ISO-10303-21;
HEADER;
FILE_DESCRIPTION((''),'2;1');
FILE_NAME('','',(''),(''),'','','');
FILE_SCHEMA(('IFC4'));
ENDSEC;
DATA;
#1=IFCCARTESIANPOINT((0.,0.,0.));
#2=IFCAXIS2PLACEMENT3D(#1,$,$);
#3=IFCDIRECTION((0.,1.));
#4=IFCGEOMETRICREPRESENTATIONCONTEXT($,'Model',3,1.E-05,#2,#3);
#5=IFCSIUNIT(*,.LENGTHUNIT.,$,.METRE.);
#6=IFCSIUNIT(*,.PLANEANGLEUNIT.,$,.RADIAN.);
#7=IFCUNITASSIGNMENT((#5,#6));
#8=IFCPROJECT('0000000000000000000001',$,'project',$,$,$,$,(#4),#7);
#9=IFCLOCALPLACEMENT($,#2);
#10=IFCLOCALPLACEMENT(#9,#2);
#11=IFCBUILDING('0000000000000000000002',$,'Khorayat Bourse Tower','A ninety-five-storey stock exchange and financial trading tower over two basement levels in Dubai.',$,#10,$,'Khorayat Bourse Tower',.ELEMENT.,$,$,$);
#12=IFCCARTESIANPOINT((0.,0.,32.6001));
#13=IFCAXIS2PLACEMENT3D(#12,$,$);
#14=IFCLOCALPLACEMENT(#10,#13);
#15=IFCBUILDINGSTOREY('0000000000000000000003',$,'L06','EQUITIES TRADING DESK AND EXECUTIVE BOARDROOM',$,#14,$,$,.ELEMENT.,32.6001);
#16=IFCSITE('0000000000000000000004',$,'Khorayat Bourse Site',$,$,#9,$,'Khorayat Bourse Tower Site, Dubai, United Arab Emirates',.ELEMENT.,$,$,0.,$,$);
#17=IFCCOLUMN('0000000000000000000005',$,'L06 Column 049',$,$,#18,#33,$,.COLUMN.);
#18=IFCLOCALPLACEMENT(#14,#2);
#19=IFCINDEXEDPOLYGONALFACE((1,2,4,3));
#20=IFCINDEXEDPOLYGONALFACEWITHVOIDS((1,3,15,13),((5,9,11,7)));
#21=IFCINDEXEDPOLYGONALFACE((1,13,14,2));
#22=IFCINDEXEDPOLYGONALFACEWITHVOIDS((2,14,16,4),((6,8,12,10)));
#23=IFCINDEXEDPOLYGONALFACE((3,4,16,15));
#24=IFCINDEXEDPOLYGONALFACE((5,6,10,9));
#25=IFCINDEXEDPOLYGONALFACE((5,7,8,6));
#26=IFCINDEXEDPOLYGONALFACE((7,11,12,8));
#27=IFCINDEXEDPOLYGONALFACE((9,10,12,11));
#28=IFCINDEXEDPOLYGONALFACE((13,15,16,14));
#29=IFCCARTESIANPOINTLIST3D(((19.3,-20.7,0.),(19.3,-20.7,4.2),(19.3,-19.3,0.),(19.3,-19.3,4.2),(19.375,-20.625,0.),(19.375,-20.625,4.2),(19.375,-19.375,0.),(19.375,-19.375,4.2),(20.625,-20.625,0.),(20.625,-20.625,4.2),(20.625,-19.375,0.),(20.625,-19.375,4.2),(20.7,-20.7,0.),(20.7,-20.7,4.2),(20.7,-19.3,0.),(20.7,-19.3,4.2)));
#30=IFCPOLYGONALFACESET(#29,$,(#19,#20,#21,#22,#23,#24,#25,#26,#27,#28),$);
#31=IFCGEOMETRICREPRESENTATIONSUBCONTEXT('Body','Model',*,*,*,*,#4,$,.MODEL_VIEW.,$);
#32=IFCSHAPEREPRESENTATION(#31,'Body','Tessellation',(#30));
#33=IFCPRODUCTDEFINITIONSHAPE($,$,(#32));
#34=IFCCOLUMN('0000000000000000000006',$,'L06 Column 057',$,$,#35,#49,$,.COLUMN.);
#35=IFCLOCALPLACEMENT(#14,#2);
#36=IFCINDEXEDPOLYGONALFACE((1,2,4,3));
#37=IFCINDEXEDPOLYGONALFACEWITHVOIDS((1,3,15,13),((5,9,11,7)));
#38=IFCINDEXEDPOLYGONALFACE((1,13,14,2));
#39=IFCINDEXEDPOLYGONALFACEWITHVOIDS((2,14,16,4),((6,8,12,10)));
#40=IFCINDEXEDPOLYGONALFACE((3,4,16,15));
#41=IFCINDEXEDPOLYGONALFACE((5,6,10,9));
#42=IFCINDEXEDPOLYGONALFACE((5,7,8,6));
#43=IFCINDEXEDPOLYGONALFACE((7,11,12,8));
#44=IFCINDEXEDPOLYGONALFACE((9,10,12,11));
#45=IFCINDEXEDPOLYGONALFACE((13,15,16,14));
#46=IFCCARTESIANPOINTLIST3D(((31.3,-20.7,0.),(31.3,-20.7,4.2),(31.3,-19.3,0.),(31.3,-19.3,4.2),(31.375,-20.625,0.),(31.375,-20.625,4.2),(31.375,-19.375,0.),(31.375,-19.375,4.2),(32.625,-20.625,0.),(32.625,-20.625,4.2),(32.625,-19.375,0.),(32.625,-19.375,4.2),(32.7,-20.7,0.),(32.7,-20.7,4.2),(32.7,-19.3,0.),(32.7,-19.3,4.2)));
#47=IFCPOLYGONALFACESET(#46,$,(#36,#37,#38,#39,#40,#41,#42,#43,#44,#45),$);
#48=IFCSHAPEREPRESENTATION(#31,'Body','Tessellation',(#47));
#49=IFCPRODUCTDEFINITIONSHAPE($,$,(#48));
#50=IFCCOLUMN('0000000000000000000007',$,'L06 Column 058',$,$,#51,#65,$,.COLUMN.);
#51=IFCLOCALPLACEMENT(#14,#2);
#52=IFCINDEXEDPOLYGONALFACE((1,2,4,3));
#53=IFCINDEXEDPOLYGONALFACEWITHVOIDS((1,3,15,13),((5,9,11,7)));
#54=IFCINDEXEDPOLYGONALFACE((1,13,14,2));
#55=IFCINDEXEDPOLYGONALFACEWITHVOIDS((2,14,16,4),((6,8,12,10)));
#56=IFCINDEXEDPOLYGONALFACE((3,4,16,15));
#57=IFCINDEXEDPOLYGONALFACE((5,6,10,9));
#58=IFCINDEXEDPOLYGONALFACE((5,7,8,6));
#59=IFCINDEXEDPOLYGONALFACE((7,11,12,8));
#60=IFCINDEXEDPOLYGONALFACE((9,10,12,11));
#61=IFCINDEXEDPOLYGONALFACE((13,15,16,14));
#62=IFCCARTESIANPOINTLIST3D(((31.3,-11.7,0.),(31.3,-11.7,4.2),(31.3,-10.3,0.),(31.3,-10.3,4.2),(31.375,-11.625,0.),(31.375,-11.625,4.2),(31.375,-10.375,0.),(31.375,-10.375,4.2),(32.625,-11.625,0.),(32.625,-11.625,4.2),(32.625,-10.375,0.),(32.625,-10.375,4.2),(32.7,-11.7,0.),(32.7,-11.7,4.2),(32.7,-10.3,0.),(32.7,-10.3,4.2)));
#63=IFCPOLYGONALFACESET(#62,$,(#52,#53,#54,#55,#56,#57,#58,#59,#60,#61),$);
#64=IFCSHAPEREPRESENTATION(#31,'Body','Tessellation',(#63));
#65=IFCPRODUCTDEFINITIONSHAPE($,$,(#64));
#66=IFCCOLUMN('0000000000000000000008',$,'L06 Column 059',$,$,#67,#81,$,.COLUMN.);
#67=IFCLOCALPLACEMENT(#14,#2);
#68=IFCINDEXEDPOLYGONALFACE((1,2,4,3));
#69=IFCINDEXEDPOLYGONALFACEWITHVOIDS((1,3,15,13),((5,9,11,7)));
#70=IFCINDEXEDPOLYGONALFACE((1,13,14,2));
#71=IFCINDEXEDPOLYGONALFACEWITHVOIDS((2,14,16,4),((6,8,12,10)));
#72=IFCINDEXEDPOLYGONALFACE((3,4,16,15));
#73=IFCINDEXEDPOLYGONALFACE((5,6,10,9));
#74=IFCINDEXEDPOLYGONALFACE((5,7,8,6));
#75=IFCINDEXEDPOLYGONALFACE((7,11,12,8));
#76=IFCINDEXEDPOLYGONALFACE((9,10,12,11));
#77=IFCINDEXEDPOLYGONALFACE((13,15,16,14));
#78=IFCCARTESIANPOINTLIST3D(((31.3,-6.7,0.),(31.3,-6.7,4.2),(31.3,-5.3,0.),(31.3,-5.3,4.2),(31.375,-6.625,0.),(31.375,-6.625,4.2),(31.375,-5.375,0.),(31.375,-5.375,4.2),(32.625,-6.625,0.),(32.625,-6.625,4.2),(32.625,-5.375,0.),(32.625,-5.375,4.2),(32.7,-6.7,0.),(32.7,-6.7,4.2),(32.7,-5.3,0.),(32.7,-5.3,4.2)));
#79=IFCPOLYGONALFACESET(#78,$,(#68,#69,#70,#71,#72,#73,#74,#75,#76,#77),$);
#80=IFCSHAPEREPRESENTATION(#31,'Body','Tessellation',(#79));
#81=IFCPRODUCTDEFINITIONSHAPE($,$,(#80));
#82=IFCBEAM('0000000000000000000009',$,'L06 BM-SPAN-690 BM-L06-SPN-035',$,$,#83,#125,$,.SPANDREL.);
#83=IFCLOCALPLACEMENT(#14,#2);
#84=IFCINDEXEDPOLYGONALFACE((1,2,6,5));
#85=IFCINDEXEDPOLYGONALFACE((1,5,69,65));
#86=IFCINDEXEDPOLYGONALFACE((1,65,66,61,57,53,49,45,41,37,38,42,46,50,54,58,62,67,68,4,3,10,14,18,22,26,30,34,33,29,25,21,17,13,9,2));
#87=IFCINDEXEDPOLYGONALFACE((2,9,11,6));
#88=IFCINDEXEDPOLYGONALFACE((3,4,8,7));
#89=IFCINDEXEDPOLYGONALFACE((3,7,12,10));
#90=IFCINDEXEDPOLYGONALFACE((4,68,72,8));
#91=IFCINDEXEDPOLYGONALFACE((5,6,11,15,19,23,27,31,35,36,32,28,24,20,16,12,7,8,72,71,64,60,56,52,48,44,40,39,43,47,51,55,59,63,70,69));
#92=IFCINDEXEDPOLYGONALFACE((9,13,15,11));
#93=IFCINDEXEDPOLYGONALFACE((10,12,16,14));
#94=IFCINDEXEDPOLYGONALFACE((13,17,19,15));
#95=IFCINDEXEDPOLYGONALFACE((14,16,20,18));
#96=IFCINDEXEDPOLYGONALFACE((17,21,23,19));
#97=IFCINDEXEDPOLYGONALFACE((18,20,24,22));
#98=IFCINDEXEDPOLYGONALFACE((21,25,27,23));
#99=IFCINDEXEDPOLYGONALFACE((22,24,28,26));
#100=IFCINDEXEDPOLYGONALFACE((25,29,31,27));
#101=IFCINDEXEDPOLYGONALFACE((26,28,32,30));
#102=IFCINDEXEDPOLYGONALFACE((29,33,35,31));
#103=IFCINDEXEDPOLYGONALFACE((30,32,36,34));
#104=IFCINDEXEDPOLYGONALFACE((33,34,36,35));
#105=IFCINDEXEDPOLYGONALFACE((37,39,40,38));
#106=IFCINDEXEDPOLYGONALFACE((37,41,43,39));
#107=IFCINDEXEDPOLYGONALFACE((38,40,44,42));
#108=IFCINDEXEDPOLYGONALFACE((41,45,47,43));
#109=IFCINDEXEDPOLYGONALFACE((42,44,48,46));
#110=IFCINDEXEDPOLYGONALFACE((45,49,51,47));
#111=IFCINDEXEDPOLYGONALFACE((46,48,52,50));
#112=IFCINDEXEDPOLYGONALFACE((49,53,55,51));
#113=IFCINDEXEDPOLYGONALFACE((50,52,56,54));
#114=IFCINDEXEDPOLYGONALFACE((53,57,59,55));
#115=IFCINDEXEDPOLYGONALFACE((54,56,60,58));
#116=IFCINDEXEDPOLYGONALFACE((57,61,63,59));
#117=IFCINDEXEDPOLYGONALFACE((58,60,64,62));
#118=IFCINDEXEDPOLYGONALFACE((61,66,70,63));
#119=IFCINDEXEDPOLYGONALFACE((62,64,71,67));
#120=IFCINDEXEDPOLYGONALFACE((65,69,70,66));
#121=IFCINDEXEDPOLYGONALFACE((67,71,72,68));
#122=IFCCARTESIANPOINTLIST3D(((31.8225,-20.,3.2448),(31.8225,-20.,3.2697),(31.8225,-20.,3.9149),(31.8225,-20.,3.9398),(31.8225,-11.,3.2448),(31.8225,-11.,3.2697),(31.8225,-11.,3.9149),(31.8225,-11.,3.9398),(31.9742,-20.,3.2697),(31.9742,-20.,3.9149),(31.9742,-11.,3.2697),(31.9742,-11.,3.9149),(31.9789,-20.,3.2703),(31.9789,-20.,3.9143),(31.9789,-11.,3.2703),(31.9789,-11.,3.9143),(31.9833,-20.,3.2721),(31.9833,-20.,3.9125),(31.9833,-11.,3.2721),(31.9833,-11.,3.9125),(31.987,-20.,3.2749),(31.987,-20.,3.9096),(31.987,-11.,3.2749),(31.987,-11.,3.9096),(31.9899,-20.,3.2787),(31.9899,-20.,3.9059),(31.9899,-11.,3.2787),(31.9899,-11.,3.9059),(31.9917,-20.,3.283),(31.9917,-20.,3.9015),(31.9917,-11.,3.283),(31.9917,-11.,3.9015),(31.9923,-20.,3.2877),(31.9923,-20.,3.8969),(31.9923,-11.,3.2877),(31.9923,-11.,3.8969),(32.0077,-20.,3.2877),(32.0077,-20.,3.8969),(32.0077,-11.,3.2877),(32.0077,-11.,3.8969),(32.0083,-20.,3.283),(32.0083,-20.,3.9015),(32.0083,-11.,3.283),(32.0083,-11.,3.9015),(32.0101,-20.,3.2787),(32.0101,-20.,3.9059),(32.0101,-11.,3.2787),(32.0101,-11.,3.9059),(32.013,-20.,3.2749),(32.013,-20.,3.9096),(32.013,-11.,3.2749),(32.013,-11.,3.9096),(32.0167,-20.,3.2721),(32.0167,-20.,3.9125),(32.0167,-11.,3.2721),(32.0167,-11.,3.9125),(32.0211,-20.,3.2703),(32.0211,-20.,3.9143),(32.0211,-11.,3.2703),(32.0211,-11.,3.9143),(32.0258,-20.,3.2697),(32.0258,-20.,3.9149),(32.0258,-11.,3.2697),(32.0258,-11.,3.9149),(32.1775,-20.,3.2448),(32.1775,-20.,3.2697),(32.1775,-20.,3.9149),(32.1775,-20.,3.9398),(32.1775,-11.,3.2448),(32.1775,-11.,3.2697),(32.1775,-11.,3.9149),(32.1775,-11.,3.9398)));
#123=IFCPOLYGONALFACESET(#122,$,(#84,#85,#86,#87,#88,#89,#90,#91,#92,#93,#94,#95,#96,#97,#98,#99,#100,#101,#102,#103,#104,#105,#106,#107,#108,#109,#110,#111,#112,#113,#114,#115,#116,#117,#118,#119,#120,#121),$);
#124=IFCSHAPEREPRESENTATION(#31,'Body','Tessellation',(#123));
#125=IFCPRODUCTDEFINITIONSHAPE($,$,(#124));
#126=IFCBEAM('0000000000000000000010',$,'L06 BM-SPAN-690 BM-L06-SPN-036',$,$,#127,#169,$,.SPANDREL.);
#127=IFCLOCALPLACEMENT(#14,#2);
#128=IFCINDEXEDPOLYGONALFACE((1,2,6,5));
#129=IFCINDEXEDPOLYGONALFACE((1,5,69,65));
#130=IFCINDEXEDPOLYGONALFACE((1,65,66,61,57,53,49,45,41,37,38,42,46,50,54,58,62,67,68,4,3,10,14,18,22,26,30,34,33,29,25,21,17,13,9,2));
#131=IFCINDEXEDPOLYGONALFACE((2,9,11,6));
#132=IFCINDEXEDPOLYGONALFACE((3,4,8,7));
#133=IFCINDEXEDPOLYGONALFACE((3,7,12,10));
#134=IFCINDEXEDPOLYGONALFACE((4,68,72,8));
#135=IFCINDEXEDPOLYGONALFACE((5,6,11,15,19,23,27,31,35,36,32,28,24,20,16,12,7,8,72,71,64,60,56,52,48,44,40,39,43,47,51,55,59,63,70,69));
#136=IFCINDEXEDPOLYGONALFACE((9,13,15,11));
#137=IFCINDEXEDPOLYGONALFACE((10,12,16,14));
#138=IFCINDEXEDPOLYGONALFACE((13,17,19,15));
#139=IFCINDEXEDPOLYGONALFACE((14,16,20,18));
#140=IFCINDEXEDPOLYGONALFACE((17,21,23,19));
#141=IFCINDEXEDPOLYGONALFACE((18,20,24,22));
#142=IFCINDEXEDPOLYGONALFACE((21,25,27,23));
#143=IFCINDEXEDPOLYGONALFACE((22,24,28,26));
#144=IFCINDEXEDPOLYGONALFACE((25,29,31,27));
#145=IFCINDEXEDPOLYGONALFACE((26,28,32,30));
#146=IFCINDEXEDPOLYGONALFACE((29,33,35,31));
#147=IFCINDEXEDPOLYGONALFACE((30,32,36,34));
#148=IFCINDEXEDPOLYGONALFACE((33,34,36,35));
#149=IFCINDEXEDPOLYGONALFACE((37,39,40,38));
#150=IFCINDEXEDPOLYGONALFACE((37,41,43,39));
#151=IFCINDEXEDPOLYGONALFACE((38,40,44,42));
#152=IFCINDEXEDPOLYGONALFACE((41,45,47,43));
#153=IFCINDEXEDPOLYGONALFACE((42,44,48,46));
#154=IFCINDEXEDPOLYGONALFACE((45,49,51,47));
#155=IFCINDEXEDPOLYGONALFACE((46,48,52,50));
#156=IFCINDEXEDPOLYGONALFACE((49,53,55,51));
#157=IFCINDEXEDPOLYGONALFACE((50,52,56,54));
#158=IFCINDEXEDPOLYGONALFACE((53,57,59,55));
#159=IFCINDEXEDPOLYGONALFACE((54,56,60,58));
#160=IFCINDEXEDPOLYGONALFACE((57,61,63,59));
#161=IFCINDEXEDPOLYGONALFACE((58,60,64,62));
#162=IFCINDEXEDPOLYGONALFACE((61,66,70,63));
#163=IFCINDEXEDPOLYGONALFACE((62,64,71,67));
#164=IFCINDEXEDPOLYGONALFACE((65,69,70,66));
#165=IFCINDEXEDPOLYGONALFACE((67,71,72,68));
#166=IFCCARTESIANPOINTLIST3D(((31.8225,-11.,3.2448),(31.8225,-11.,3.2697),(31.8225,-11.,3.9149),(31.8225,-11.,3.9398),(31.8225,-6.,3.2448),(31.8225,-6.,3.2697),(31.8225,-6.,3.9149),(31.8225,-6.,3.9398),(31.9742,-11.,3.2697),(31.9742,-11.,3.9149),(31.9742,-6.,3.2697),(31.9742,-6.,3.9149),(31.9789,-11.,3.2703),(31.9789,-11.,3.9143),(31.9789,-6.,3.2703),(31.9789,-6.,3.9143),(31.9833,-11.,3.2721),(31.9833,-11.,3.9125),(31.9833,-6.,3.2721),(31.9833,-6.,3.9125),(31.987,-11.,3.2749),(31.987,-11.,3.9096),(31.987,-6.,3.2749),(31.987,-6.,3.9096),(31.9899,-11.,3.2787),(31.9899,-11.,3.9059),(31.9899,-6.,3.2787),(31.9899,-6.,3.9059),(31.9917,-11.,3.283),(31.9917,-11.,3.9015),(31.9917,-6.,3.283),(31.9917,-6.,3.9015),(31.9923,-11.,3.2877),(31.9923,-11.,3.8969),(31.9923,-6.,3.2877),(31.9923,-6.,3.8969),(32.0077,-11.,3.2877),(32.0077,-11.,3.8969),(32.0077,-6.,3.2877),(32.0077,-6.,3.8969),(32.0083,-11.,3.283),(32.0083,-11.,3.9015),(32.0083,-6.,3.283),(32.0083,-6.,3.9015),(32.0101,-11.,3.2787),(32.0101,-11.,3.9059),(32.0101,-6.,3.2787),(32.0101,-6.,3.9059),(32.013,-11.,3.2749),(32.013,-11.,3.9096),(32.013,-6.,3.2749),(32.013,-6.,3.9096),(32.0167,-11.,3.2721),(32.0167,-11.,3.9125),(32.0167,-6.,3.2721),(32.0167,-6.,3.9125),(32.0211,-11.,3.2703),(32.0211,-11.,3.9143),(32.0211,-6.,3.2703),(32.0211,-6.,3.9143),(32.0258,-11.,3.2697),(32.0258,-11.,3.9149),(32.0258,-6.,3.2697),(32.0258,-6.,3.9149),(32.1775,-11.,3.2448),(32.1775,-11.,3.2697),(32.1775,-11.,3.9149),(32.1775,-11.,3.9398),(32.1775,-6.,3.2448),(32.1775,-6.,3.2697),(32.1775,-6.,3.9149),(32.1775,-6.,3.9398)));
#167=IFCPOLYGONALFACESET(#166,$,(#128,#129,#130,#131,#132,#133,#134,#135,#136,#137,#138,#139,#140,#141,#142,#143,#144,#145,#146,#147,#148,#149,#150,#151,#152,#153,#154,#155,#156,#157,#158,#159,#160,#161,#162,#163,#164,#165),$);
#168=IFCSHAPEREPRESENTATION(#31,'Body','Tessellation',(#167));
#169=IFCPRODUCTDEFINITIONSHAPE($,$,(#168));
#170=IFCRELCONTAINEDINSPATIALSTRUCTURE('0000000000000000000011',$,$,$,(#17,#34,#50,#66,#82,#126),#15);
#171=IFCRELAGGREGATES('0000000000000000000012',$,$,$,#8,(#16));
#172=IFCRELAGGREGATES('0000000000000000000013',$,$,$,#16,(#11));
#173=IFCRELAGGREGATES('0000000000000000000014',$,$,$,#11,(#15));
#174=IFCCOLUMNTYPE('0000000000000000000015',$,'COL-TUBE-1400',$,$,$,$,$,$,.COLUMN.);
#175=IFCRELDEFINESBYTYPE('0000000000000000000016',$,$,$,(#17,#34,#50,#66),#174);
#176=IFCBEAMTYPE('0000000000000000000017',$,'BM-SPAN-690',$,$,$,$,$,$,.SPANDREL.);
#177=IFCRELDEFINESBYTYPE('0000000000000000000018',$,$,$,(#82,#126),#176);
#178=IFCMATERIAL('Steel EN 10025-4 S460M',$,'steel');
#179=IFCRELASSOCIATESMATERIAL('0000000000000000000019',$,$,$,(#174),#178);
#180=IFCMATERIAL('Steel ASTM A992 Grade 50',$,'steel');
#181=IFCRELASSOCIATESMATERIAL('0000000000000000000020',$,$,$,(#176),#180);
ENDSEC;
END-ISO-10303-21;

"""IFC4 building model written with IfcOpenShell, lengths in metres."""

from ifc_helpers import new_model, si_unit, direction, frame, origin, origin_2d, place, context, subcontext, project, spatial, hollow_rectangle, i_section, extrude, source, transform, mapped, material, material_profile, profile_set, type_object, element, save


model = new_model("IFC4")

# Units and contexts
model_context = context("Model", 3, precision=1e-05, world=origin(), true_north=direction((0.0, 1.0)))
body_context = subcontext(model_context, "Body", "Model", "MODEL_VIEW")
ifc_project = project(units=[si_unit("LENGTHUNIT", "METRE"), si_unit("PLANEANGLEUNIT", "RADIAN")], contexts=[model_context])

# Site, building, storey
site_placement = place(None, origin())
site = spatial("IfcSite", under=ifc_project, at=site_placement, Name="Khorayat Bourse Site", LongName="Khorayat Bourse Tower Site, Dubai, United Arab Emirates", CompositionType="ELEMENT", RefElevation=0.0)
building_placement = place(site_placement, origin())
building = spatial("IfcBuilding", under=site, at=building_placement, Name="Khorayat Bourse Tower", Description="A ninety-five-storey stock exchange and financial trading tower over two basement levels in Dubai.", LongName="Khorayat Bourse Tower", CompositionType="ELEMENT")
storey_placement = place(building_placement, frame((0.0, 0.0, 32.6001)))
storey = spatial("IfcBuildingStorey", under=building, at=storey_placement, Name="L06", Description="EQUITIES TRADING DESK AND EXECUTIVE BOARDROOM", CompositionType="ELEMENT", Elevation=32.6001)

# Columns
ifc_material_1 = material(Name="Steel EN 10025-4 S460M", Category="steel")
ifc_material_profile_1 = material_profile(ifc_material_1, hollow_rectangle(XDim=1.3999, YDim=1.3999, WallThickness=0.075, at=origin_2d()), Name="BOX 1400x1400x75")
ifc_profile_set_1 = profile_set([ifc_material_profile_1], Name="Steel EN 10025-4 S460M")
column_type = type_object("IfcColumnType", Name="COL-TUBE-1400", PredefinedType="COLUMN", material=ifc_profile_set_1)
shared_shape_1 = source(origin(), body_context, "Body", "SweptSolid", [
    extrude(hollow_rectangle(XDim=1.3999, YDim=1.3999, WallThickness=0.075, at=origin_2d()), origin(), (0.0, 0.0, 1.0), 4.2),
])
for number, where, z_axis, x_axis, name in (
    (1, (20.0, -20.0, 0.0), (0.0, 0.0, 1.0), (1.0, 0.0, 0.0), "L06 Column 049"),
    (2, (32.0, -20.0, 0.0), (0.0, 0.0, 1.0), (1.0, 0.0, 0.0), "L06 Column 057"),
    (3, (32.0, -11.0, 0.0), (0.0, 0.0, 1.0), (1.0, 0.0, 0.0), "L06 Column 058"),
    (4, (32.0, -6.0, 0.0), (0.0, 0.0, 1.0), (1.0, 0.0, 0.0), "L06 Column 059"),
):
    element("IfcColumn", number, at=place(storey_placement, frame(where, z_axis=z_axis, x_axis=x_axis)), inside=storey, type_object=column_type, Name=name, PredefinedType="COLUMN", context=body_context, shape_type="MappedRepresentation", body=[
        mapped(shared_shape_1, transform((0.0, 0.0, 0.0), scale=1.0)),
    ])

# Beams
ifc_material_2 = material(Name="Steel ASTM A992 Grade 50", Category="steel")
ifc_material_profile_2 = material_profile(ifc_material_2, i_section(OverallWidth=0.355, OverallDepth=0.6951, WebThickness=0.0154, FlangeThickness=0.0249, FilletRadius=0.0181, at=origin_2d()), Name="W690X217")
ifc_profile_set_2 = profile_set([ifc_material_profile_2], Name="Steel ASTM A992 Grade 50")
beam_type_1 = type_object("IfcBeamType", Name="BM-SPAN-690", PredefinedType="SPANDREL", material=ifc_profile_set_2)
shared_shape_2 = source(origin(), body_context, "Body", "SweptSolid", [
    extrude(i_section(OverallWidth=0.355, OverallDepth=0.6951, WebThickness=0.0154, FlangeThickness=0.0249, FilletRadius=0.0181, at=origin_2d()), origin(), (0.0, 0.0, 1.0), 9.0),
])
beam_1_placement = place(storey_placement, frame((32.0, -20.0, 3.5923), z_axis=(0.0, 1.0, 0.0), x_axis=(-1.0, 0.0, 0.0)))
element("IfcBeam", 5, at=beam_1_placement, inside=storey, type_object=beam_type_1, Name="L06 BM-SPAN-690 BM-L06-SPN-035", PredefinedType="SPANDREL", context=body_context, shape_type="MappedRepresentation", body=[
    mapped(shared_shape_2, transform((0.0, 0.0, 0.0), scale=1.0)),
])
shared_shape_3 = source(origin(), body_context, "Body", "SweptSolid", [
    extrude(i_section(OverallWidth=0.355, OverallDepth=0.6951, WebThickness=0.0154, FlangeThickness=0.0249, FilletRadius=0.0181, at=origin_2d()), origin(), (0.0, 0.0, 1.0), 5.0),
])
beam_2_placement = place(storey_placement, frame((32.0, -11.0, 3.5923), z_axis=(0.0, 1.0, 0.0), x_axis=(-1.0, 0.0, 0.0)))
element("IfcBeam", 6, at=beam_2_placement, inside=storey, type_object=beam_type_1, Name="L06 BM-SPAN-690 BM-L06-SPN-036", PredefinedType="SPANDREL", context=body_context, shape_type="MappedRepresentation", body=[
    mapped(shared_shape_3, transform((0.0, 0.0, 0.0), scale=1.0)),
])

save(model, "model.ifc")
